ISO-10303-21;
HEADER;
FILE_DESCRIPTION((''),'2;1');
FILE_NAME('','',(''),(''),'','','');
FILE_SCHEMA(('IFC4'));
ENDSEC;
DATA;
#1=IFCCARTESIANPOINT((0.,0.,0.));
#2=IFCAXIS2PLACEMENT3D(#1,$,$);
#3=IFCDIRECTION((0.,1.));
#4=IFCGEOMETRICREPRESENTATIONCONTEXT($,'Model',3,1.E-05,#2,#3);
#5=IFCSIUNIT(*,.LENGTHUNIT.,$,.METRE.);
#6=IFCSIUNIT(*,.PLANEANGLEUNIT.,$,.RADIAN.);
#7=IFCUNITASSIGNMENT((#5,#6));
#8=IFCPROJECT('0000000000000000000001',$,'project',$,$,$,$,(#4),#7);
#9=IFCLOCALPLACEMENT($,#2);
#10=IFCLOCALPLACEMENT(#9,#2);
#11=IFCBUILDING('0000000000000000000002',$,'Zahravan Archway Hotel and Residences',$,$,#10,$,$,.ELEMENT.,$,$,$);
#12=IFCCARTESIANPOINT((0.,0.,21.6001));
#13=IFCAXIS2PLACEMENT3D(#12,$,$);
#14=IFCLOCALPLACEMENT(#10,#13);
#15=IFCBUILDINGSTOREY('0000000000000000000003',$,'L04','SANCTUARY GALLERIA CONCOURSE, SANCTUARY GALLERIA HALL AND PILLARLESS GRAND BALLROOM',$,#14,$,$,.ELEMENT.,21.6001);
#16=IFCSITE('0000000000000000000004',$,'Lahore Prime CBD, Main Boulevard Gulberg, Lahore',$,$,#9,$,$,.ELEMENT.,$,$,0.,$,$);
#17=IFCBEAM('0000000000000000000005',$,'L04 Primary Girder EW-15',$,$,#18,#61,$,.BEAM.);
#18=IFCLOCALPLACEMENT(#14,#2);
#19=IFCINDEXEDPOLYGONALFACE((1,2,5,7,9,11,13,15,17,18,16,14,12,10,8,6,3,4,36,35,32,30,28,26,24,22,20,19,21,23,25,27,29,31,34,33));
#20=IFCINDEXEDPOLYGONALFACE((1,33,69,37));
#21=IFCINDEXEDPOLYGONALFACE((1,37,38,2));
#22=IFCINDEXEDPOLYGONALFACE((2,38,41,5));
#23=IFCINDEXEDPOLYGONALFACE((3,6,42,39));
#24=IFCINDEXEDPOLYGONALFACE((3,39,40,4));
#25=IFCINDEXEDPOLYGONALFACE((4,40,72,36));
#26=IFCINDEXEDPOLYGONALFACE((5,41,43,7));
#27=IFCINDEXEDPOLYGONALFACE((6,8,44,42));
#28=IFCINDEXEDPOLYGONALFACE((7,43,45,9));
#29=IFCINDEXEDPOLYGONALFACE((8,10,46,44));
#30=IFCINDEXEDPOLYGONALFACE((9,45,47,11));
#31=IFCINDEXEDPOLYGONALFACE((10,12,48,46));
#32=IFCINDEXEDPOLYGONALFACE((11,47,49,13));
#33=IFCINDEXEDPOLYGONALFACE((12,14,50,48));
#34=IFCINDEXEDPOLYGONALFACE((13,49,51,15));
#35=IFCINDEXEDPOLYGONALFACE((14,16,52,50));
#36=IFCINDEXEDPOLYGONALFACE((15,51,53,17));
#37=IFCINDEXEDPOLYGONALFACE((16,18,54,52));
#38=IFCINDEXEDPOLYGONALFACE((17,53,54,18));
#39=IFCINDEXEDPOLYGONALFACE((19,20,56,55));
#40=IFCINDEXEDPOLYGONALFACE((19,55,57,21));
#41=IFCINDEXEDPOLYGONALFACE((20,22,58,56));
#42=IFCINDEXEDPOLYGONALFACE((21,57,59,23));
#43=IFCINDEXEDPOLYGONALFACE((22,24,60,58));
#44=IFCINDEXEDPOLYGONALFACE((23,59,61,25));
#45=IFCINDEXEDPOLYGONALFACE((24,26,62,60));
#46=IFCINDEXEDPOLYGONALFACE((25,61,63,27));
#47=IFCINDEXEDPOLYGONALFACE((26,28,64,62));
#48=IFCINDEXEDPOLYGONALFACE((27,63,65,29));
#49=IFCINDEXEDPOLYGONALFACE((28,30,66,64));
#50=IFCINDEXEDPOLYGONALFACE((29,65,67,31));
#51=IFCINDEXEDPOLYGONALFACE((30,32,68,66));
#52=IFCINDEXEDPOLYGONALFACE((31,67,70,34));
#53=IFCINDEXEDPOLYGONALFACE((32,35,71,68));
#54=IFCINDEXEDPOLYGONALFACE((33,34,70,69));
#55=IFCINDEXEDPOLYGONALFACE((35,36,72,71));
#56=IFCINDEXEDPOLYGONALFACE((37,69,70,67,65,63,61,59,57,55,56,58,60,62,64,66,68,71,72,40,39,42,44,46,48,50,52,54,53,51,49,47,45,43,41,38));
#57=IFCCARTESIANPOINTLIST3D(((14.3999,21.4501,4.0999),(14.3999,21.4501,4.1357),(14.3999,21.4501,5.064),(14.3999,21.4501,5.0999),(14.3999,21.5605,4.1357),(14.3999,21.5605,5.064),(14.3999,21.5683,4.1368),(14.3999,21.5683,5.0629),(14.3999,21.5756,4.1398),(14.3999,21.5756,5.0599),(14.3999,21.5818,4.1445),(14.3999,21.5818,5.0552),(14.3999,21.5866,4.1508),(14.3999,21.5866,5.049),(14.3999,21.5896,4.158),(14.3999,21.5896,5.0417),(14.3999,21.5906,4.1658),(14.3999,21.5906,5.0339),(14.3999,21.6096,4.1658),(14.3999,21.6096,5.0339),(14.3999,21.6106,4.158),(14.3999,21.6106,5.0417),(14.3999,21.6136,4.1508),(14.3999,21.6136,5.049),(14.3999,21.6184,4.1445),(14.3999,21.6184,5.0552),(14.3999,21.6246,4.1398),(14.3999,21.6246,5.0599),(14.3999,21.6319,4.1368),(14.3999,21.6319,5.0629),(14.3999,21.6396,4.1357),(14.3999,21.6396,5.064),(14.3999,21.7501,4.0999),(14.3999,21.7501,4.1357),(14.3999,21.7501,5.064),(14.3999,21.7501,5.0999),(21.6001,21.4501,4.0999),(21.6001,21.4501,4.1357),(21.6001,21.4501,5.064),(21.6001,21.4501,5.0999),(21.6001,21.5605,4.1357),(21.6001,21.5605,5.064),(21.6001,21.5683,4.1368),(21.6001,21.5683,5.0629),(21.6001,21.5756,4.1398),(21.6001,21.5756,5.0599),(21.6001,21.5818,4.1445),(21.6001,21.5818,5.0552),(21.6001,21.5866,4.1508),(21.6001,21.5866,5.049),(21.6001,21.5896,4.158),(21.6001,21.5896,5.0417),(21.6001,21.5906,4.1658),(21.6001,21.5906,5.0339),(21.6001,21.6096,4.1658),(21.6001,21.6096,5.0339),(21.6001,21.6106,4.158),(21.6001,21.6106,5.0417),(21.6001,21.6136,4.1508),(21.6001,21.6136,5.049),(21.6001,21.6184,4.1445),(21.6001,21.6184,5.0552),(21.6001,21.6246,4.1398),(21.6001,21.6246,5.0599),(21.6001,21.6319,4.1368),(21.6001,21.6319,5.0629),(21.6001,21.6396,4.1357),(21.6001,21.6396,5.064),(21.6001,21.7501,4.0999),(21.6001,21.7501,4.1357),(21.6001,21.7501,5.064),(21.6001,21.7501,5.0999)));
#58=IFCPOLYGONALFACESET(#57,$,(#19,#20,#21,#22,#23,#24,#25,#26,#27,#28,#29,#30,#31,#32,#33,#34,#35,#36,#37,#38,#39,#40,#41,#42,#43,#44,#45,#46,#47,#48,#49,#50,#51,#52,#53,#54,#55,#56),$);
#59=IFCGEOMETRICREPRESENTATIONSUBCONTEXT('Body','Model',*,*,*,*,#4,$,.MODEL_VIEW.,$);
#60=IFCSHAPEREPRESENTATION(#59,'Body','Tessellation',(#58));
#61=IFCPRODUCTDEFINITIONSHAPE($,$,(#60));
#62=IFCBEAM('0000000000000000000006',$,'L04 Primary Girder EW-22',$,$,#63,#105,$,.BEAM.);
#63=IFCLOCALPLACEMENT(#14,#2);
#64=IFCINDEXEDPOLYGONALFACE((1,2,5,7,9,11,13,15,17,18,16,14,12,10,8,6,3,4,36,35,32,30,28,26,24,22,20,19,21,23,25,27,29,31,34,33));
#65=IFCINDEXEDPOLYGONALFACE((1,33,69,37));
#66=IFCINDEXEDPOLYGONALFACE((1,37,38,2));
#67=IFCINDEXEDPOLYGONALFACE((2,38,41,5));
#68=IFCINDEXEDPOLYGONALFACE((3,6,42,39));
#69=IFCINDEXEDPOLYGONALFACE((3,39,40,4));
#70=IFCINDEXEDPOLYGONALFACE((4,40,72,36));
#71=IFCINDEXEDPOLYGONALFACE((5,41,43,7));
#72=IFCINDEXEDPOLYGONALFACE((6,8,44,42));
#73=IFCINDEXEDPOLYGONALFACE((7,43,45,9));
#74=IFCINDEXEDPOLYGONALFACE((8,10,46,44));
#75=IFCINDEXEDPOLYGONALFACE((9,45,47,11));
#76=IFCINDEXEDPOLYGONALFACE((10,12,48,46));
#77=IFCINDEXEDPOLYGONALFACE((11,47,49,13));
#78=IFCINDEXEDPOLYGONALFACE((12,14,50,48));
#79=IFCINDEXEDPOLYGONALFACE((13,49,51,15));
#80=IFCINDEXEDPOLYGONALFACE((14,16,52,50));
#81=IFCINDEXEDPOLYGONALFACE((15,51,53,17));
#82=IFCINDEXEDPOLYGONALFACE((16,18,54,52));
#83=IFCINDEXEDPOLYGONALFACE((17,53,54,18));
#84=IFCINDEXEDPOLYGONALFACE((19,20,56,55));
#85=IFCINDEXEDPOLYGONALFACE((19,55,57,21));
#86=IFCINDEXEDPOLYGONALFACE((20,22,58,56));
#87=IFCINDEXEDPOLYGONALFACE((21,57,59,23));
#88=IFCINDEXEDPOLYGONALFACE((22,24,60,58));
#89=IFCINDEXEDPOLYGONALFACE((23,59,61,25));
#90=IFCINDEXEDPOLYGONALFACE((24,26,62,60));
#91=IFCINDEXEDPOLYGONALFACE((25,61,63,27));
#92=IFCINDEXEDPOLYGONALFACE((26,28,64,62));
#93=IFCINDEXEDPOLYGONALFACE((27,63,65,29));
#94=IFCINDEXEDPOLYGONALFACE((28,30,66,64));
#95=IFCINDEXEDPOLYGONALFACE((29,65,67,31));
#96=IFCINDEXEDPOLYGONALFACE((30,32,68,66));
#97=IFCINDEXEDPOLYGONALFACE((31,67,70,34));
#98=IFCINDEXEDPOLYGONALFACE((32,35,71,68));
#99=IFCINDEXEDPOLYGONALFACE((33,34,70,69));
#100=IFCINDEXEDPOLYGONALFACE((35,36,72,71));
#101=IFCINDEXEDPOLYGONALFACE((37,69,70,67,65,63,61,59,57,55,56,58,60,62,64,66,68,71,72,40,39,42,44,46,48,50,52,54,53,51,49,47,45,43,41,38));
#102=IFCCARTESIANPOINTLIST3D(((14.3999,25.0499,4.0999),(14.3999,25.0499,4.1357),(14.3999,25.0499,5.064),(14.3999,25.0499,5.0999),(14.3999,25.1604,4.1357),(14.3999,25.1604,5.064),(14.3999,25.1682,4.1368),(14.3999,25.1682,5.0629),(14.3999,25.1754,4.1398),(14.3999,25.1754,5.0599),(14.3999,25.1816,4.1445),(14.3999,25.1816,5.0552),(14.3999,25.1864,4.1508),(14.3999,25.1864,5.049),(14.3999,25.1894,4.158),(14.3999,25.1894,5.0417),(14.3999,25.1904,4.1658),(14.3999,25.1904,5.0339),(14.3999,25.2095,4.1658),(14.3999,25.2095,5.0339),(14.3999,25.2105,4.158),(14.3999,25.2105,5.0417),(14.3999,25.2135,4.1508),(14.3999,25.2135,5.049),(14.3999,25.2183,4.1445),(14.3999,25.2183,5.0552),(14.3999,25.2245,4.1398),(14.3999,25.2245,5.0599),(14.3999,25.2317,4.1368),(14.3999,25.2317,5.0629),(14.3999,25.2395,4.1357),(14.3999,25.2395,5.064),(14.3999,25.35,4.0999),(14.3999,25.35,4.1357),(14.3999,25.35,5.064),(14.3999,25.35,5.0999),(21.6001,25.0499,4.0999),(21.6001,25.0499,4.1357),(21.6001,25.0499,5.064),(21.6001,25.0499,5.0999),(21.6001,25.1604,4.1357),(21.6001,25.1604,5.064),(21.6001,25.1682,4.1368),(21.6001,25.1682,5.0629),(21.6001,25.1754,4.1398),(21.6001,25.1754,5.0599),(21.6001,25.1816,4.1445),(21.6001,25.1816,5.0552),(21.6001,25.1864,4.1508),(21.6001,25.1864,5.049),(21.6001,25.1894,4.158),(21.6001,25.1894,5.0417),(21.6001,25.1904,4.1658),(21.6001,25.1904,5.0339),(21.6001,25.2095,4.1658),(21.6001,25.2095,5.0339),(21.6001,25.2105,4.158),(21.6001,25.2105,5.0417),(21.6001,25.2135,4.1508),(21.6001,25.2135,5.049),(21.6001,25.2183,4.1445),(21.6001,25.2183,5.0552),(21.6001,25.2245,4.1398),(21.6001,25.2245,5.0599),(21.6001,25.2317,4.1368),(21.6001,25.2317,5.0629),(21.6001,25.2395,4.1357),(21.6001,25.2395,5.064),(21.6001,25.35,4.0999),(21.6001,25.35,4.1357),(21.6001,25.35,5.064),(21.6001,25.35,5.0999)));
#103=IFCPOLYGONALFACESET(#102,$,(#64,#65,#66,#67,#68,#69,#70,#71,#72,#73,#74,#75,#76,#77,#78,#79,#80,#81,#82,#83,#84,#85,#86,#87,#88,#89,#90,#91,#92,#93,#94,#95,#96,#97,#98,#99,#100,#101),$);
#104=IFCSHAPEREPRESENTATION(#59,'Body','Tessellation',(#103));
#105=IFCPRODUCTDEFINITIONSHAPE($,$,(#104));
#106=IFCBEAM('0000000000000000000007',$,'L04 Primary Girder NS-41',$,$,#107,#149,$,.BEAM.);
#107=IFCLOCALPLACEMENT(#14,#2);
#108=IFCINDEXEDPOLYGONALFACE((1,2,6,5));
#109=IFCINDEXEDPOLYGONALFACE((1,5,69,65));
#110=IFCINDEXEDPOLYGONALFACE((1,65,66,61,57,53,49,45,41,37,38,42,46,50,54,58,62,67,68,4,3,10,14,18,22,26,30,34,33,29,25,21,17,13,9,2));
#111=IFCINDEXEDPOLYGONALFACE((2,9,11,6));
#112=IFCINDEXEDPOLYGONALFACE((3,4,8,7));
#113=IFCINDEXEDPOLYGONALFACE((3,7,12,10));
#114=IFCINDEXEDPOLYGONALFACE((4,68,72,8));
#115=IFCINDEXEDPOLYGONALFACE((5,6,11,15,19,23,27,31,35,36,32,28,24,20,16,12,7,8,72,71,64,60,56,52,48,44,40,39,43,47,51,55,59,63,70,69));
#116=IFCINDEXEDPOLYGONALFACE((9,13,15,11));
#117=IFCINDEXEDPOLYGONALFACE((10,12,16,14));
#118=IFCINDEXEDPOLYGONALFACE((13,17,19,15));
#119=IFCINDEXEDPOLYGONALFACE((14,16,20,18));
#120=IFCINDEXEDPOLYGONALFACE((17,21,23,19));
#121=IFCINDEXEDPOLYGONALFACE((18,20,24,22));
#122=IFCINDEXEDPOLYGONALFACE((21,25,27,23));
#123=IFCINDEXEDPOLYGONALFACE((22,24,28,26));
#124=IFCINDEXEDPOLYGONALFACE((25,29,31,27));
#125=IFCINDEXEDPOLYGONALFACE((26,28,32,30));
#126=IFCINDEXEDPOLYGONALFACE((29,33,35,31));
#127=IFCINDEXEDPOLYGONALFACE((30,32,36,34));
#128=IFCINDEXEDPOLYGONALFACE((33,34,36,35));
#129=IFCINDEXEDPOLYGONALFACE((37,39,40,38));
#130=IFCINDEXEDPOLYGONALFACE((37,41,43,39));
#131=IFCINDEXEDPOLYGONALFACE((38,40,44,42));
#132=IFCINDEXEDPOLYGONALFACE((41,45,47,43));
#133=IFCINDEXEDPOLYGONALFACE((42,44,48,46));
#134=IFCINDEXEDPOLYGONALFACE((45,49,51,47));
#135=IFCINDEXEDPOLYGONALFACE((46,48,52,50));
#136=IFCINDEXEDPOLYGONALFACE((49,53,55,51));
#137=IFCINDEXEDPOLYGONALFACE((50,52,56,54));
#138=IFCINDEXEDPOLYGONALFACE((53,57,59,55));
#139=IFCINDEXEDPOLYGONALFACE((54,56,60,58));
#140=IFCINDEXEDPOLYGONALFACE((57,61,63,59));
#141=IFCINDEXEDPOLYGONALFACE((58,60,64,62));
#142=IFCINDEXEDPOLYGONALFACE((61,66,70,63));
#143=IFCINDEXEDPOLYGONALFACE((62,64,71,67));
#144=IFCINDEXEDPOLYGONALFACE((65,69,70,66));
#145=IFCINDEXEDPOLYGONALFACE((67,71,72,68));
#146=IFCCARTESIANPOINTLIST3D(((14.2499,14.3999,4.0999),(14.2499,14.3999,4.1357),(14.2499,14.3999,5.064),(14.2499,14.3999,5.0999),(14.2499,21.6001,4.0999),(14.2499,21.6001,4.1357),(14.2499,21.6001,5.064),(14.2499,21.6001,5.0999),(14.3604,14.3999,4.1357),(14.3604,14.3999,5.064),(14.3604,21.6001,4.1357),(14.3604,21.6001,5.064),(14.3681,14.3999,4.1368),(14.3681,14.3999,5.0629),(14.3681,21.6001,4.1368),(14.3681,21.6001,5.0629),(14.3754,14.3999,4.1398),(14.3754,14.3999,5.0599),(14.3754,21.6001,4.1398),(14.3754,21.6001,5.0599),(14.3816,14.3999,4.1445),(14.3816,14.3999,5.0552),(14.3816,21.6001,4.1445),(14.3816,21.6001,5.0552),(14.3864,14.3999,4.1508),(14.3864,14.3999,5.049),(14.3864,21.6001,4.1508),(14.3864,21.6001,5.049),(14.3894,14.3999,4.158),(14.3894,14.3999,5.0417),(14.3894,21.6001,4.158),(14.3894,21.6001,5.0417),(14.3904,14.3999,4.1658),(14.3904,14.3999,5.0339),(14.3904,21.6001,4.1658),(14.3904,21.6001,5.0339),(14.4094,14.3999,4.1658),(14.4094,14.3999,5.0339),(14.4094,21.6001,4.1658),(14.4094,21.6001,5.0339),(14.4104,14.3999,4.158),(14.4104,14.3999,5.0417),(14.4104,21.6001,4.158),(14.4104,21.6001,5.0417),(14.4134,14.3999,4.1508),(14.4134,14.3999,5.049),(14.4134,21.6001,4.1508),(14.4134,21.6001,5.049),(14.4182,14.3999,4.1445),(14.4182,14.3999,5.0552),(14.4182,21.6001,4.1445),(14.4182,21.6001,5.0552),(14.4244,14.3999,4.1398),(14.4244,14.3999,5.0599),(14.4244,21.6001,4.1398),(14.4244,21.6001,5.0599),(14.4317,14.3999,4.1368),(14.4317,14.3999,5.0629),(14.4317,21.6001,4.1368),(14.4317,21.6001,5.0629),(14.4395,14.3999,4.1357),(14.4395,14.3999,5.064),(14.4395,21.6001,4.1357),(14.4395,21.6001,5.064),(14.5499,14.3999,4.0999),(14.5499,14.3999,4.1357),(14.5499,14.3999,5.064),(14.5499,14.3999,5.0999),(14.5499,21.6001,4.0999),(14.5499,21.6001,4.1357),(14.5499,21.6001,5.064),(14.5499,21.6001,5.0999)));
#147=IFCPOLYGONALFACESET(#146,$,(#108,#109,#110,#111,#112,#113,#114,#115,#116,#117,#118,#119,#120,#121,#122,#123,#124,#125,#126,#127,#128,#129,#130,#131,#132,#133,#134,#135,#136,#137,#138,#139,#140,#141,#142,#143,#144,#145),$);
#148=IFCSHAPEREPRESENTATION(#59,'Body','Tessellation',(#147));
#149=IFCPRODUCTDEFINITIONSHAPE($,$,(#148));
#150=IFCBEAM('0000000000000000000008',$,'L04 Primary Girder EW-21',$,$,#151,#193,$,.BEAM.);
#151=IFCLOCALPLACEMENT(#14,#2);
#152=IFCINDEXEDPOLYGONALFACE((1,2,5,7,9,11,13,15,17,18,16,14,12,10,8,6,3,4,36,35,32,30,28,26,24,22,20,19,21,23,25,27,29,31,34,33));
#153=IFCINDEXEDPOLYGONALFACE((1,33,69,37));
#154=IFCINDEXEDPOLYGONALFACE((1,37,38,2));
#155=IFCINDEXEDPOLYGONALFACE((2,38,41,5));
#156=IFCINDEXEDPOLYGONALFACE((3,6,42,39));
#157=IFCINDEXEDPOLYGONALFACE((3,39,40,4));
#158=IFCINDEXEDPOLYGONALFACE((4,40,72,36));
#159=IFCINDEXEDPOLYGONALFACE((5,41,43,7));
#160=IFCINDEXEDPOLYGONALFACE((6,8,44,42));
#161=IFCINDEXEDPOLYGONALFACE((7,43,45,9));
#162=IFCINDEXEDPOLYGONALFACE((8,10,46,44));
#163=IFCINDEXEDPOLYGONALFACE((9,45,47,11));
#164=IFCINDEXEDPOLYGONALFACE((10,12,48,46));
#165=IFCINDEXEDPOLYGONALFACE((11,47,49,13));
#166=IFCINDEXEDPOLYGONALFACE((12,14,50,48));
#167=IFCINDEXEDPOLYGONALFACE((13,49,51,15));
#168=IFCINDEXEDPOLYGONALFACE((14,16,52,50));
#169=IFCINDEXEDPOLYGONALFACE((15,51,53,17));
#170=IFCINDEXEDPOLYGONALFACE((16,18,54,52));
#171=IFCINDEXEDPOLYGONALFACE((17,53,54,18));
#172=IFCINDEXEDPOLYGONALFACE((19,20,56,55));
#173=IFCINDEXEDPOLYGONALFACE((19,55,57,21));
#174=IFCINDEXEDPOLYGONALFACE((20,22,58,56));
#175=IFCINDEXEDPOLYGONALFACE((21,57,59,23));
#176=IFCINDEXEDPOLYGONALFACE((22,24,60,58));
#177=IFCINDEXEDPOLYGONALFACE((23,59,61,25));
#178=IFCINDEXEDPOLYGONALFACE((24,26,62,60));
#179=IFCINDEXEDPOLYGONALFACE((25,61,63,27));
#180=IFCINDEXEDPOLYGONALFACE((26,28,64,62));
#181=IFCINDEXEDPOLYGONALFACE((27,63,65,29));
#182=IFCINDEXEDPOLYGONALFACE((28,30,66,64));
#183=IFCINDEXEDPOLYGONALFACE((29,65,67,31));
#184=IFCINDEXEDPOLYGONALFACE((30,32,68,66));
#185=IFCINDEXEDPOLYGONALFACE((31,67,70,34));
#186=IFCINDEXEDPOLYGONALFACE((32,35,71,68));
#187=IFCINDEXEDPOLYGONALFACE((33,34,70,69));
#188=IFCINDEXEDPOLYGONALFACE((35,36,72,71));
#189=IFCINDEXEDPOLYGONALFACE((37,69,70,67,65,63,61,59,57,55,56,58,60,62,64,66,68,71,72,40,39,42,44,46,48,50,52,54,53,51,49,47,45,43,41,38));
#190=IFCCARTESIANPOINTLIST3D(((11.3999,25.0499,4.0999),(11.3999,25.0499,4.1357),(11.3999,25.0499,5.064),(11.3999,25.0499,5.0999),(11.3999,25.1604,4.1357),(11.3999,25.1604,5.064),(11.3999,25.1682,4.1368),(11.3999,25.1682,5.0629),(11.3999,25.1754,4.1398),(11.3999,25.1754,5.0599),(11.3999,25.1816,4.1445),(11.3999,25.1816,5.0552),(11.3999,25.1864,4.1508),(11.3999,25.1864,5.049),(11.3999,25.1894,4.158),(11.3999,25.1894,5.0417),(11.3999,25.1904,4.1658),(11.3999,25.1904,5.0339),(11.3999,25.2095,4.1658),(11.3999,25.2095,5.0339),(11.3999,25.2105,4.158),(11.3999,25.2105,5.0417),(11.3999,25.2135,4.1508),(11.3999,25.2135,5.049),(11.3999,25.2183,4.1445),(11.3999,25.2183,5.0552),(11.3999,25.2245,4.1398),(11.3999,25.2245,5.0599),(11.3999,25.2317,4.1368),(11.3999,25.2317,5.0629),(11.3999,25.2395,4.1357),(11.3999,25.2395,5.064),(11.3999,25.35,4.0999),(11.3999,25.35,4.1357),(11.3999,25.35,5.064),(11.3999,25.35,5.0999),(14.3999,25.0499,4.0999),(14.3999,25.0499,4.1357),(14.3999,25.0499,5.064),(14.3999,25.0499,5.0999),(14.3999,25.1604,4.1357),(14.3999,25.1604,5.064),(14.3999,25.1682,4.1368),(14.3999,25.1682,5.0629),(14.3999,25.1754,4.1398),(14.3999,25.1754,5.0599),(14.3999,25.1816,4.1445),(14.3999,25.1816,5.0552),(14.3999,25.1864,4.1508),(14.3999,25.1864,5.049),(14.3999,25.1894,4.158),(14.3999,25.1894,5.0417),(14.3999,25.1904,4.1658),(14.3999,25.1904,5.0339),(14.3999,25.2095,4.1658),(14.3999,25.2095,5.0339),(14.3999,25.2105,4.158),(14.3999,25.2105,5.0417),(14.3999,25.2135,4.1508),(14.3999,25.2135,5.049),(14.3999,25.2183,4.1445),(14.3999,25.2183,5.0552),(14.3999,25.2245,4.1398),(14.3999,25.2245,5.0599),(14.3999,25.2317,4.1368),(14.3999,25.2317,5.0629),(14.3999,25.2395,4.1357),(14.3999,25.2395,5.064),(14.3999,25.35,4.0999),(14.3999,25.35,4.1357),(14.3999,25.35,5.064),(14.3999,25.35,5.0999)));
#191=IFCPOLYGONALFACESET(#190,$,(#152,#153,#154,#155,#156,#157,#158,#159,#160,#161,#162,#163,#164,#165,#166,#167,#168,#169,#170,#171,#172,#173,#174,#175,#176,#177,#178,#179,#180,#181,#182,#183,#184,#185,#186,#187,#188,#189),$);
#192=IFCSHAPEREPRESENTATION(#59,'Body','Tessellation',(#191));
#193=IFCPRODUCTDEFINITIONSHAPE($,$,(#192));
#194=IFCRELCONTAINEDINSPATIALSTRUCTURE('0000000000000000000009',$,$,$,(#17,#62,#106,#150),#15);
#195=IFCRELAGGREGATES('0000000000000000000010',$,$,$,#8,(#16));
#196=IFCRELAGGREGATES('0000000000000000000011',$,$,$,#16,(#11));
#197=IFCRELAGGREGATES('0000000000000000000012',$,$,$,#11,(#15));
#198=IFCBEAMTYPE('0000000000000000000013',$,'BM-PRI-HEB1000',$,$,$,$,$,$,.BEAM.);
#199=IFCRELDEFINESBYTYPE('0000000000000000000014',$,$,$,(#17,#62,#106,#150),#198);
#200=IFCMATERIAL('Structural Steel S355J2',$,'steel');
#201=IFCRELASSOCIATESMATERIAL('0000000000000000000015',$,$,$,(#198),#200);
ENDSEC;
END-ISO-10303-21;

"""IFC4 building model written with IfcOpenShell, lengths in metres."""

from ifc_helpers import new_model, si_unit, direction, frame, origin, origin_2d, place, context, subcontext, project, spatial, i_section, extrude, source, transform, mapped, material, material_profile, profile_set, type_object, element, save


model = new_model("IFC4")

# Units and contexts
model_context = context("Model", 3, precision=1e-05, world=origin(), true_north=direction((0.0, 1.0)))
body_context = subcontext(model_context, "Body", "Model", "MODEL_VIEW")
ifc_project = project(units=[si_unit("LENGTHUNIT", "METRE"), si_unit("PLANEANGLEUNIT", "RADIAN")], contexts=[model_context])

# Site, building, storey
site_placement = place(None, origin())
site = spatial("IfcSite", under=ifc_project, at=site_placement, Name="Lahore Prime CBD, Main Boulevard Gulberg, Lahore", CompositionType="ELEMENT", RefElevation=0.0)
building_placement = place(site_placement, origin())
building = spatial("IfcBuilding", under=site, at=building_placement, Name="Zahravan Archway Hotel and Residences", CompositionType="ELEMENT")
storey_placement = place(building_placement, frame((0.0, 0.0, 21.6001)))
storey = spatial("IfcBuildingStorey", under=building, at=storey_placement, Name="L04", Description="SANCTUARY GALLERIA CONCOURSE, SANCTUARY GALLERIA HALL AND PILLARLESS GRAND BALLROOM", CompositionType="ELEMENT", Elevation=21.6001)

# Beams
ifc_material_1 = material(Name="Structural Steel S355J2", Category="steel")
ifc_material_profile_1 = material_profile(ifc_material_1, i_section(OverallWidth=0.3, OverallDepth=1.0, WebThickness=0.019, FlangeThickness=0.0359, FilletRadius=0.03, at=origin_2d()), Name="HEB 1000", Category="steel")
ifc_profile_set_1 = profile_set([ifc_material_profile_1], Name="Structural Steel S355J2")
beam_type_1 = type_object("IfcBeamType", Name="BM-PRI-HEB1000", PredefinedType="BEAM", material=ifc_profile_set_1)
shared_shape_1 = source(origin(), body_context, "Body", "SweptSolid", [
    extrude(i_section(OverallWidth=0.3, OverallDepth=1.0, WebThickness=0.019, FlangeThickness=0.0359, FilletRadius=0.03, at=origin_2d()), origin(), (0.0, 0.0, 1.0), 7.2002),
])
for number, where, z_axis, x_axis, name in (
    (1, (14.3999, 21.6001, 4.5999), (1.0, 0.0, 0.0), (0.0, 1.0, 0.0), "L04 Primary Girder EW-15"),
    (2, (14.3999, 25.2, 4.5999), (1.0, 0.0, 0.0), (0.0, 1.0, 0.0), "L04 Primary Girder EW-22"),
    (3, (14.3999, 14.3999, 4.5999), (0.0, 1.0, 0.0), (-1.0, 0.0, 0.0), "L04 Primary Girder NS-41"),
):
    element("IfcBeam", number, at=place(storey_placement, frame(where, z_axis=z_axis, x_axis=x_axis)), inside=storey, type_object=beam_type_1, Name=name, PredefinedType="BEAM", context=body_context, shape_type="MappedRepresentation", body=[
        mapped(shared_shape_1, transform((0.0, 0.0, 0.0), scale=1.0)),
    ])
shared_shape_2 = source(origin(), body_context, "Body", "SweptSolid", [
    extrude(i_section(OverallWidth=0.3, OverallDepth=1.0, WebThickness=0.019, FlangeThickness=0.0359, FilletRadius=0.03, at=origin_2d()), origin(), (0.0, 0.0, 1.0), 3.0),
])
beam_1_placement = place(storey_placement, frame((11.3999, 25.2, 4.5999), z_axis=(1.0, 0.0, 0.0), x_axis=(0.0, 1.0, 0.0)))
element("IfcBeam", 4, at=beam_1_placement, inside=storey, type_object=beam_type_1, Name="L04 Primary Girder EW-21", PredefinedType="BEAM", context=body_context, shape_type="MappedRepresentation", body=[
    mapped(shared_shape_2, transform((0.0, 0.0, 0.0), scale=1.0)),
])

save(model, "model.ifc")
